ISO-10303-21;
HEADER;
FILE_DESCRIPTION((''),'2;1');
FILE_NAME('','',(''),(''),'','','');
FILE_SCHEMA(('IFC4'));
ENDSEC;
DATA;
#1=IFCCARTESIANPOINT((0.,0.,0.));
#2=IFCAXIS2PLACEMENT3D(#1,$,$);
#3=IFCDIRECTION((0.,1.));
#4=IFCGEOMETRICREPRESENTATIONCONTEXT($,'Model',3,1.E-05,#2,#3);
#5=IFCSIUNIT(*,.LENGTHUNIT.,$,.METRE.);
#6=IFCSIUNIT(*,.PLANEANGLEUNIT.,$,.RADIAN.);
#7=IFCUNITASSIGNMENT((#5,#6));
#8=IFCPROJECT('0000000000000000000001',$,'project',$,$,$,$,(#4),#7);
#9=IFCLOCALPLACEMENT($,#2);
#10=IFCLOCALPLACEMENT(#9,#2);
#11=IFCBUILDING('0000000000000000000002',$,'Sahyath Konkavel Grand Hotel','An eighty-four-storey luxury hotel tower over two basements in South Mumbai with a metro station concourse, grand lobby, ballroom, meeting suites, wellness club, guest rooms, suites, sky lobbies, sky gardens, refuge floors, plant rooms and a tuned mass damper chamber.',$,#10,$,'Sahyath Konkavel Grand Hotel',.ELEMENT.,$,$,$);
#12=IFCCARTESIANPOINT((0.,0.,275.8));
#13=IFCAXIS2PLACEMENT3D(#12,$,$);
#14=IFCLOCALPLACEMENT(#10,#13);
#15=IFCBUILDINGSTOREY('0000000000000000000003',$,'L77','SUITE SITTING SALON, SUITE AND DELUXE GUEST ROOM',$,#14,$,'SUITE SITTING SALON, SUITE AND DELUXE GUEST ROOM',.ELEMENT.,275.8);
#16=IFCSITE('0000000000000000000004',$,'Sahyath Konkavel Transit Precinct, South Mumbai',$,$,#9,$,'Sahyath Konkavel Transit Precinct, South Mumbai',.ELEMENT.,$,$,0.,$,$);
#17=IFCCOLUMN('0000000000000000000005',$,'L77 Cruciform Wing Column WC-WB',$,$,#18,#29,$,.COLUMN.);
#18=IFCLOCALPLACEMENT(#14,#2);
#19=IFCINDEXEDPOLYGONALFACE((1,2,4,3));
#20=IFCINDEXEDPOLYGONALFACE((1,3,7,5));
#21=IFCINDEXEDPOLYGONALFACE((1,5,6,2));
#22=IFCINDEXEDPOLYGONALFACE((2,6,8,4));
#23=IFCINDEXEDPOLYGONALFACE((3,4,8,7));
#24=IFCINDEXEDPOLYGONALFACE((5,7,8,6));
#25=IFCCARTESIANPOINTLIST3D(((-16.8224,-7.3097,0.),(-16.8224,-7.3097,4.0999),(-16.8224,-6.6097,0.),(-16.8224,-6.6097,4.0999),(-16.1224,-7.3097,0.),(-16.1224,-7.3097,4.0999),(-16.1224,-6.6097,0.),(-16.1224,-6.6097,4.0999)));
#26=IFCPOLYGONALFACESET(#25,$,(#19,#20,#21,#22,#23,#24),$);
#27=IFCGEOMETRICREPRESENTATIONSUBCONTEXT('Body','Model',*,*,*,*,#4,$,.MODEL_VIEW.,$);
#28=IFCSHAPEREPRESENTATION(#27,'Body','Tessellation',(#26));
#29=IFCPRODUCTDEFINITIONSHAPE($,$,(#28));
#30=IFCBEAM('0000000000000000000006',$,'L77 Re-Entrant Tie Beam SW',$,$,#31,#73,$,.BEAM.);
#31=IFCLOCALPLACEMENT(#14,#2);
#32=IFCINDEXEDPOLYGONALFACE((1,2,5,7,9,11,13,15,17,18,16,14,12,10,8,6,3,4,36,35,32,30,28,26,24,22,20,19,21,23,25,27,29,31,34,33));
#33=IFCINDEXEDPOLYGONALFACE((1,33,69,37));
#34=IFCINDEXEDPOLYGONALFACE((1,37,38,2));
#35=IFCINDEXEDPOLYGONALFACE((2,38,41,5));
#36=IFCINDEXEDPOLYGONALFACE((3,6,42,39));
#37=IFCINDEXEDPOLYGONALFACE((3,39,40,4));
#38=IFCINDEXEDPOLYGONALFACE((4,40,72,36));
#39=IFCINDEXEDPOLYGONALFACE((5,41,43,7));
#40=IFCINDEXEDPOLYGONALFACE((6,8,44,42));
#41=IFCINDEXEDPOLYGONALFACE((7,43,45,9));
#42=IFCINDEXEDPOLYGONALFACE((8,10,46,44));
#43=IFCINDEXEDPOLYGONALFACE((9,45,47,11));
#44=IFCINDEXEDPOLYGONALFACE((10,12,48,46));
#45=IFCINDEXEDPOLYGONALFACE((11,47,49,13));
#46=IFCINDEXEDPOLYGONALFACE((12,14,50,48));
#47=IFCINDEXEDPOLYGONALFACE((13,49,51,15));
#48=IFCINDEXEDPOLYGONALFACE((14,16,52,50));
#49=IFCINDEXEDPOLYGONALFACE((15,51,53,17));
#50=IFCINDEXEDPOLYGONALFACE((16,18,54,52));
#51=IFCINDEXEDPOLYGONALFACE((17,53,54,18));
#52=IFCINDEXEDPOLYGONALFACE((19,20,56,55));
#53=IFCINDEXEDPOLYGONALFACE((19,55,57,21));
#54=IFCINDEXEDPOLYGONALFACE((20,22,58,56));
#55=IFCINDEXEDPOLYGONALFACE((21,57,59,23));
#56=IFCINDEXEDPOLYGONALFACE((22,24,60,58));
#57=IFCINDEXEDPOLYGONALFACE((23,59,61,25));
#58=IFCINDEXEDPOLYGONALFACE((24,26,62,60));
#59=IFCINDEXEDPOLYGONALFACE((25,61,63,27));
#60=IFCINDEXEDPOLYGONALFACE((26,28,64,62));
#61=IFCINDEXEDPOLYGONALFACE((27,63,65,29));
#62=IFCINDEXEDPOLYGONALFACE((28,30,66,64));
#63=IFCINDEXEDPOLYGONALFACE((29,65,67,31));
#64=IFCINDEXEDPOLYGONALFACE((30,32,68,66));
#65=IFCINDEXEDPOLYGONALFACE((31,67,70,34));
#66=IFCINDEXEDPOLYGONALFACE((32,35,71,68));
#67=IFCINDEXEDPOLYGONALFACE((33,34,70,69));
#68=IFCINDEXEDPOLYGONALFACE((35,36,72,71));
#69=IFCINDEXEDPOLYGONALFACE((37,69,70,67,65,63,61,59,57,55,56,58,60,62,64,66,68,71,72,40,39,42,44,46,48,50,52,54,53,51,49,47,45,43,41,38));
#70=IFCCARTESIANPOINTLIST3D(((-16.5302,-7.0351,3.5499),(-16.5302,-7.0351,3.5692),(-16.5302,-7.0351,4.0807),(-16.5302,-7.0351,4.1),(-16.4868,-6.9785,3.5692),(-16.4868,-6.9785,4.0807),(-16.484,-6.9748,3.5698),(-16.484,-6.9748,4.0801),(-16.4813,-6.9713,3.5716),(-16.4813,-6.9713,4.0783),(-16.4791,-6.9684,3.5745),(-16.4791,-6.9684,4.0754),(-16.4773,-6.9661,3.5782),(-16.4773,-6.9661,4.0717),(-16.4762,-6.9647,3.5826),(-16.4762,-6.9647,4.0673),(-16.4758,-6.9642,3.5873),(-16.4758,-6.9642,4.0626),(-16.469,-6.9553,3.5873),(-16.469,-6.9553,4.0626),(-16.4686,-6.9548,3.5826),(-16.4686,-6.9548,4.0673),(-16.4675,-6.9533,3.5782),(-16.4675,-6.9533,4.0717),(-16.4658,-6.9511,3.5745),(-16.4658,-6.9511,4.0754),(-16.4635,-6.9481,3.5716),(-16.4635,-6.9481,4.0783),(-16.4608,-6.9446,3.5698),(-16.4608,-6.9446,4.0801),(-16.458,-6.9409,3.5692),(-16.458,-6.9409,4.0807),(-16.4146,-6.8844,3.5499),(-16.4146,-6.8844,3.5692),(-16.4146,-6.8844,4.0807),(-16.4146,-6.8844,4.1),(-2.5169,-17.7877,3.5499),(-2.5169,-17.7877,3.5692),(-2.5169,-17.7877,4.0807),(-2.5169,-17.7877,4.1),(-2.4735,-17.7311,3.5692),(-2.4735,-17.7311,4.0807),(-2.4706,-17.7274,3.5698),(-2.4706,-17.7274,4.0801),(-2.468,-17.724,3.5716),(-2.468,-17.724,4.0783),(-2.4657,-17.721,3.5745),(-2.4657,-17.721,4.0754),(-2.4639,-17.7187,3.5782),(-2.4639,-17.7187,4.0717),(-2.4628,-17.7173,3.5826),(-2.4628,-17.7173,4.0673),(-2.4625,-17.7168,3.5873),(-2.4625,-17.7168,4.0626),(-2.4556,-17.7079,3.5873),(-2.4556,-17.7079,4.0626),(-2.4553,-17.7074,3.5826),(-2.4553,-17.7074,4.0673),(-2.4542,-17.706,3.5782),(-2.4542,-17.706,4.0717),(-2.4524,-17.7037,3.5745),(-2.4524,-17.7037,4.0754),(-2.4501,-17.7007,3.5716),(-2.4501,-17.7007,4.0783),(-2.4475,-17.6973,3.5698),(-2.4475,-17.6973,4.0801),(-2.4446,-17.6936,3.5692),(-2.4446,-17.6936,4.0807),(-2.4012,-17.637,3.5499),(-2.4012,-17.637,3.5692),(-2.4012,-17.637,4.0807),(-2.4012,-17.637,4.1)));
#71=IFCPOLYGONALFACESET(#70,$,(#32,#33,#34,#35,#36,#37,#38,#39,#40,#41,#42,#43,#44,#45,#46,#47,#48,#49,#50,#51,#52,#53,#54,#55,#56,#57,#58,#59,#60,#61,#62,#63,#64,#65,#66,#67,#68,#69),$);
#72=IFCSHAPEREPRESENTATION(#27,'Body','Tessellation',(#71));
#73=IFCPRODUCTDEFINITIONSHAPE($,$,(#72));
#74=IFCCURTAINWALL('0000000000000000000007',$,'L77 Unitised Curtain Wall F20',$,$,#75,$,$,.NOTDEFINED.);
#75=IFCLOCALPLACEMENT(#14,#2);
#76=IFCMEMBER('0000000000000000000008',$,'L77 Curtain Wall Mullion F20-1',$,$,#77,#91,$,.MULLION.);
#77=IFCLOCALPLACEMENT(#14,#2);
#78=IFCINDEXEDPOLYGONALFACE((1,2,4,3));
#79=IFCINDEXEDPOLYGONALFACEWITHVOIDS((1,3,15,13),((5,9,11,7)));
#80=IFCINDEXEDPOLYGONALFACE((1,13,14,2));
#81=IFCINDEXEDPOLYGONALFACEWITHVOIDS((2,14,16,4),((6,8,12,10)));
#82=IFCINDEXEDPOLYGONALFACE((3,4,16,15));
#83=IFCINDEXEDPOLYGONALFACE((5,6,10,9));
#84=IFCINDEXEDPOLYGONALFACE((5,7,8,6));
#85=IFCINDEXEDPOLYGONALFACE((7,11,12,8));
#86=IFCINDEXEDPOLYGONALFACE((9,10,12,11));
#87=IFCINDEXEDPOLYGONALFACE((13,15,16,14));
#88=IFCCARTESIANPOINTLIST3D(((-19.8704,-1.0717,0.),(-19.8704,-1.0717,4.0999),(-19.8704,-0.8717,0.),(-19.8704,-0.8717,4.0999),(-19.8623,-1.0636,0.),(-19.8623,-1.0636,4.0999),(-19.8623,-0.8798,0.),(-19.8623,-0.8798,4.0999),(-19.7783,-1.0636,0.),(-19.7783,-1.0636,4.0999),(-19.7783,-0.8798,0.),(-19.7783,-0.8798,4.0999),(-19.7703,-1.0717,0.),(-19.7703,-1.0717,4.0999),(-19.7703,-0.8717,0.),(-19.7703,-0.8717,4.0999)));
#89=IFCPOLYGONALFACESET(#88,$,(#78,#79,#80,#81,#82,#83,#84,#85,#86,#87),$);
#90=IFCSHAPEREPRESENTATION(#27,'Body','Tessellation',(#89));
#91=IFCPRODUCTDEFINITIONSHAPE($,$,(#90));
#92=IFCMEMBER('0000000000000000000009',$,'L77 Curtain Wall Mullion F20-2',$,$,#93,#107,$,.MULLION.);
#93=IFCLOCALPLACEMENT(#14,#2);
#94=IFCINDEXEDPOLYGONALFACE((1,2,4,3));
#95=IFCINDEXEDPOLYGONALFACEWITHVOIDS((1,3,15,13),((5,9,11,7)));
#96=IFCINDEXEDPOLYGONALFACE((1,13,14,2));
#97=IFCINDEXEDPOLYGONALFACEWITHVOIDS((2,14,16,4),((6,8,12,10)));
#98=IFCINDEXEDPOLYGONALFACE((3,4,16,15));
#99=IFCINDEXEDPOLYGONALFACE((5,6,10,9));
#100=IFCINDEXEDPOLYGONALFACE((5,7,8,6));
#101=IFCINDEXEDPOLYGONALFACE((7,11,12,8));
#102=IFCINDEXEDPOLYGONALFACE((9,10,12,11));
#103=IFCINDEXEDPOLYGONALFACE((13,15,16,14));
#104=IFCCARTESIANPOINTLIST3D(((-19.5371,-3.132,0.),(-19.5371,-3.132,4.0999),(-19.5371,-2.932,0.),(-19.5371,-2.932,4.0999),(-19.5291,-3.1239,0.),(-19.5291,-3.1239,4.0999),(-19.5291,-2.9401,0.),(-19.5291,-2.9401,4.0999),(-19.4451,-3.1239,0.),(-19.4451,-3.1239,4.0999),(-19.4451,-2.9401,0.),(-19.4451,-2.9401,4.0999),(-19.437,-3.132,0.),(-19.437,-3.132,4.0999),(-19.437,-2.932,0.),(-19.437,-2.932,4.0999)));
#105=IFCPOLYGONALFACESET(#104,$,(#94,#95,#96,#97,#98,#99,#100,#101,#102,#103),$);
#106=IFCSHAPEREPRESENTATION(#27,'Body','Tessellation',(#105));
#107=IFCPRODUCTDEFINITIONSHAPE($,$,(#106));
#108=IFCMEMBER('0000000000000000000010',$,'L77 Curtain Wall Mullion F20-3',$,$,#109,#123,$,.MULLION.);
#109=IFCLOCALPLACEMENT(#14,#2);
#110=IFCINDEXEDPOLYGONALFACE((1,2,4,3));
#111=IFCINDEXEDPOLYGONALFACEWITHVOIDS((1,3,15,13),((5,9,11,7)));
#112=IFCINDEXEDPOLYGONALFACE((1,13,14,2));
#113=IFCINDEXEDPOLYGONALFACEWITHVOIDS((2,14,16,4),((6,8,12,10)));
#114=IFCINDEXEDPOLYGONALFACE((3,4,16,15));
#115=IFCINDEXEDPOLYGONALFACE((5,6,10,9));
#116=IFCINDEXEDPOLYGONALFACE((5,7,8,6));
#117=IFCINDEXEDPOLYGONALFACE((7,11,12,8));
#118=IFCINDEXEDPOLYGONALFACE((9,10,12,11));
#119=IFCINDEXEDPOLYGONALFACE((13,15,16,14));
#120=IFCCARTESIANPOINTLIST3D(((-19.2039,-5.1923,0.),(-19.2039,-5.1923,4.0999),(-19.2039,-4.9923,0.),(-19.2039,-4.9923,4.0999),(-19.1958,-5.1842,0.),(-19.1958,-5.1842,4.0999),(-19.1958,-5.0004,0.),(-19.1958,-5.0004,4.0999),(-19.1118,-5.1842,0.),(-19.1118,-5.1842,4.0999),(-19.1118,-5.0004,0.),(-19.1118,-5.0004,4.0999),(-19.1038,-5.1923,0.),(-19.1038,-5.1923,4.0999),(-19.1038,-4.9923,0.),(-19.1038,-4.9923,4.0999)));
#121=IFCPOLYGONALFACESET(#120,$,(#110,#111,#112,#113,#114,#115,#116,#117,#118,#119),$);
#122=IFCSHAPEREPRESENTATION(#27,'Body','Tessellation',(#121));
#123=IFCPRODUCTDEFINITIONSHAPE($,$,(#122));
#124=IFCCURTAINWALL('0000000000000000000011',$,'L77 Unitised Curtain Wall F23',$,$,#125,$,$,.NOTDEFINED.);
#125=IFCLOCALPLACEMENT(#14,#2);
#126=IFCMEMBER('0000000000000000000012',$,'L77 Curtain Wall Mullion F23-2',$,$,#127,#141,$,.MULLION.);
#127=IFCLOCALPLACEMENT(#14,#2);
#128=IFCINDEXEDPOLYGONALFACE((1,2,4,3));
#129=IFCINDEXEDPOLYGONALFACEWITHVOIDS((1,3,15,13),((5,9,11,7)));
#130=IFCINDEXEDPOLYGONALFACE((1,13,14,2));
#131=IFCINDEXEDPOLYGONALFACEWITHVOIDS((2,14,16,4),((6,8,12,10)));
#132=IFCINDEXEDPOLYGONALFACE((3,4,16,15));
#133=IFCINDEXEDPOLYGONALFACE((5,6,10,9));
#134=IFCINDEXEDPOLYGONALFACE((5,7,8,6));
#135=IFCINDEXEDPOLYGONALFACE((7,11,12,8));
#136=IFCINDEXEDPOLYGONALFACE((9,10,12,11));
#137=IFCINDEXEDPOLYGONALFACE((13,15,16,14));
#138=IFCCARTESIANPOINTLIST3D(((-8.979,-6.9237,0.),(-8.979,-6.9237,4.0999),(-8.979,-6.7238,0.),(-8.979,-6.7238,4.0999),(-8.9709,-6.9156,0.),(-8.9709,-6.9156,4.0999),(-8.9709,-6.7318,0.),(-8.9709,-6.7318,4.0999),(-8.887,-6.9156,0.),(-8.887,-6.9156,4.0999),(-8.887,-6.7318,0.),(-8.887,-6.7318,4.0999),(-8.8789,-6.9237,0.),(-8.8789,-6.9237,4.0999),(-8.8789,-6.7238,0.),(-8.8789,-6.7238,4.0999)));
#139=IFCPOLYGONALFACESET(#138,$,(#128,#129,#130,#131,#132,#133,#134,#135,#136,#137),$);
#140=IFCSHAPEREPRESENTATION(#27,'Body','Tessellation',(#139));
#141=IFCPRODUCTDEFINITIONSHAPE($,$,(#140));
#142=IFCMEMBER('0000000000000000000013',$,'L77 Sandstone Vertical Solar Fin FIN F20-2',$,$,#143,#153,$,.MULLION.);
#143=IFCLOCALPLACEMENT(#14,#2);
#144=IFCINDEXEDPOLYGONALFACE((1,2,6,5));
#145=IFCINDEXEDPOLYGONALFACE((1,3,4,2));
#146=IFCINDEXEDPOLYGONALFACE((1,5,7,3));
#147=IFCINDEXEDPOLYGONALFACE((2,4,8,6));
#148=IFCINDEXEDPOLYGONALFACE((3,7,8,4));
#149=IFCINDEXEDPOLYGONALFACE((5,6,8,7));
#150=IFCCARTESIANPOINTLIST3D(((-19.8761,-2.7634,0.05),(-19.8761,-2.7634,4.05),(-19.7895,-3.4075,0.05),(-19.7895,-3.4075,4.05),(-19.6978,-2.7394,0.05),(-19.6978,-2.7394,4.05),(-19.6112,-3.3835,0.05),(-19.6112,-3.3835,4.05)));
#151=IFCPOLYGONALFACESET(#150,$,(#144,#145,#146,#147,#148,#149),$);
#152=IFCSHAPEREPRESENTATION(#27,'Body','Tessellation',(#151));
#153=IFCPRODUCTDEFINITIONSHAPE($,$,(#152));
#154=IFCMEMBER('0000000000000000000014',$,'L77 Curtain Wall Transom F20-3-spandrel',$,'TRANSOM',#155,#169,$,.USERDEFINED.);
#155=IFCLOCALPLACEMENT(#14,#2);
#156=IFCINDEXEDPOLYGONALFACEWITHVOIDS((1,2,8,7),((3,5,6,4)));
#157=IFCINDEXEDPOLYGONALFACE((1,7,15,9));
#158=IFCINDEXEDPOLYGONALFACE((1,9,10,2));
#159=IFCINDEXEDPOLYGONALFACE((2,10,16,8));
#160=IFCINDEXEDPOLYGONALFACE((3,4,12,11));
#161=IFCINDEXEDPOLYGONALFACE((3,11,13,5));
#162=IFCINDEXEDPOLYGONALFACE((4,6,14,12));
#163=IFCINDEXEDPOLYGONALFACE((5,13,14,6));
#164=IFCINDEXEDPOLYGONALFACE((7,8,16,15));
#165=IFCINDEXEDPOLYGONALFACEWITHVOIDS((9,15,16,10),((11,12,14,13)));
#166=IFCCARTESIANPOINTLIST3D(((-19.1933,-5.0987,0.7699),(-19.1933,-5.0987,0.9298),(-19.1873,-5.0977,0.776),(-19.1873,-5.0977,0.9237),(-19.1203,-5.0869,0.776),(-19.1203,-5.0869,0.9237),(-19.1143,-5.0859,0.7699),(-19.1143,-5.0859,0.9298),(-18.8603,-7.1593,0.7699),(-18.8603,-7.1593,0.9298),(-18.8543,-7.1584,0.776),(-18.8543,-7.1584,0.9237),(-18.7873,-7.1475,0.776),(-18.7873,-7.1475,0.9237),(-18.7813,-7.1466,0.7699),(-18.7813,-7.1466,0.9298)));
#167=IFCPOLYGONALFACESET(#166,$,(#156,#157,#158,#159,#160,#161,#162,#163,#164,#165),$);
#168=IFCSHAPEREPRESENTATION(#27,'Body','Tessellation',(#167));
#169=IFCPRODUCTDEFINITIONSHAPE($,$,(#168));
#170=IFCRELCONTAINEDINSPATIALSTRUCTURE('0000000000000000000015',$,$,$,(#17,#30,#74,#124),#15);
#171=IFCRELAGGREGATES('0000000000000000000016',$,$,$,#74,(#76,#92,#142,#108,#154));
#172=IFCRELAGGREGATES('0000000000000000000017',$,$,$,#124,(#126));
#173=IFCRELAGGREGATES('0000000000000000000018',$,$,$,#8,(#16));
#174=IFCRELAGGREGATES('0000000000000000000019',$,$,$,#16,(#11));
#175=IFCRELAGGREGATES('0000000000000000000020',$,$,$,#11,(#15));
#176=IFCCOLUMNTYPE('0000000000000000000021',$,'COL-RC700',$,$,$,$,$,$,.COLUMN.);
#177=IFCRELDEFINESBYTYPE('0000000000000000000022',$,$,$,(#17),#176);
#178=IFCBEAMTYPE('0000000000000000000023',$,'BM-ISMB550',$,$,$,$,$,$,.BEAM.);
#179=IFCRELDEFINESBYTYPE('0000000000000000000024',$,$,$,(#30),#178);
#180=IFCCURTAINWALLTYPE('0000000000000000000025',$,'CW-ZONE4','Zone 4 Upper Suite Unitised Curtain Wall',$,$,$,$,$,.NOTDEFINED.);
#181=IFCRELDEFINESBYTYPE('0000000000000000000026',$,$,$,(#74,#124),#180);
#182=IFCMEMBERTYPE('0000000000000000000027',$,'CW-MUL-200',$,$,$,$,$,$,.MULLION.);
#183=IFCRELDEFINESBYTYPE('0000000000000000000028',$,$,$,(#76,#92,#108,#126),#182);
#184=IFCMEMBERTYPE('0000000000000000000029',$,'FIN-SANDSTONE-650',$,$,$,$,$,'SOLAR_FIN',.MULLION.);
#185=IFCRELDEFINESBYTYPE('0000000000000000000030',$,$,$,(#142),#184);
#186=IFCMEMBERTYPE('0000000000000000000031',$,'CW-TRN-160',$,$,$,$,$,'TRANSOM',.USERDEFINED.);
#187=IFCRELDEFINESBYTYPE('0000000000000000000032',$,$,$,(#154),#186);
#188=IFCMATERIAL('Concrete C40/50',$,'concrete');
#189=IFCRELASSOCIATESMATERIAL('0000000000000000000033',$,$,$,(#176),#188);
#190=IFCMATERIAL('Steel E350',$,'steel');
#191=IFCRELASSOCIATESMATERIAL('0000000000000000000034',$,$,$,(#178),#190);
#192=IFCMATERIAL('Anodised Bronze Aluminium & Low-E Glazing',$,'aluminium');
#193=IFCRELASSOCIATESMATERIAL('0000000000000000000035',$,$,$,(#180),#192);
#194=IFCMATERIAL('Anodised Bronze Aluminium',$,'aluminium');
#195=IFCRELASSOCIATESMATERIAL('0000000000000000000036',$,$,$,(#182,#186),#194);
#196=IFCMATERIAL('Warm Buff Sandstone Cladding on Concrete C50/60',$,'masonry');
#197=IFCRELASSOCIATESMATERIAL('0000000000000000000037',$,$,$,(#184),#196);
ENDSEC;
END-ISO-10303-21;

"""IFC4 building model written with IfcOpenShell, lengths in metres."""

from ifc_helpers import new_model, si_unit, direction, frame, origin, origin_2d, place, context, subcontext, project, spatial, rectangle, hollow_rectangle, i_section, extrude, source, transform, mapped, material, material_profile, profile_set, type_object, element, aggregate, save


model = new_model("IFC4")

# Units and contexts
model_context = context("Model", 3, precision=1e-05, world=origin(), true_north=direction((0.0, 1.0)))
body_context = subcontext(model_context, "Body", "Model", "MODEL_VIEW")
ifc_project = project(units=[si_unit("LENGTHUNIT", "METRE"), si_unit("PLANEANGLEUNIT", "RADIAN")], contexts=[model_context])

# Site, building, storey
site_placement = place(None, origin())
site = spatial("IfcSite", under=ifc_project, at=site_placement, Name="Sahyath Konkavel Transit Precinct, South Mumbai", LongName="Sahyath Konkavel Transit Precinct, South Mumbai", CompositionType="ELEMENT", RefElevation=0.0)
building_placement = place(site_placement, origin())
building = spatial("IfcBuilding", under=site, at=building_placement, Name="Sahyath Konkavel Grand Hotel", Description="An eighty-four-storey luxury hotel tower over two basements in South Mumbai with a metro station concourse, grand lobby, ballroom, meeting suites, wellness club, guest rooms, suites, sky lobbies, sky gardens, refuge floors, plant rooms and a tuned mass damper chamber.", LongName="Sahyath Konkavel Grand Hotel", CompositionType="ELEMENT")
storey_placement = place(building_placement, frame((0.0, 0.0, 275.8)))
storey = spatial("IfcBuildingStorey", under=building, at=storey_placement, Name="L77", Description="SUITE SITTING SALON, SUITE AND DELUXE GUEST ROOM", LongName="SUITE SITTING SALON, SUITE AND DELUXE GUEST ROOM", CompositionType="ELEMENT", Elevation=275.8)

# Column
ifc_material_1 = material(Name="Concrete C40/50", Category="concrete")
ifc_material_profile_1 = material_profile(ifc_material_1, rectangle(XDim=0.7, YDim=0.7, at=origin_2d()), Name="RC 700x700")
ifc_profile_set_1 = profile_set([ifc_material_profile_1], Name="Concrete C40/50")
column_type = type_object("IfcColumnType", Name="COL-RC700", PredefinedType="COLUMN", material=ifc_profile_set_1)
shared_shape_1 = source(origin(), body_context, "Body", "SweptSolid", [
    extrude(rectangle(XDim=0.7, YDim=0.7, at=origin_2d()), origin(), (0.0, 0.0, 1.0), 4.0999),
])
column_placement = place(storey_placement, frame((-16.4724, -6.9597, 0.0), z_axis=(0.0, 0.0, 1.0), x_axis=(1.0, 0.0, 0.0)))
element("IfcColumn", 1, at=column_placement, inside=storey, type_object=column_type, Name="L77 Cruciform Wing Column WC-WB", PredefinedType="COLUMN", context=body_context, shape_type="MappedRepresentation", body=[
    mapped(shared_shape_1, transform((0.0, 0.0, 0.0), scale=1.0)),
])

# Beam
ifc_material_2 = material(Name="Steel E350", Category="steel")
ifc_material_profile_2 = material_profile(ifc_material_2, i_section(OverallWidth=0.1899, OverallDepth=0.55, WebThickness=0.0112, FlangeThickness=0.0193, FilletRadius=0.0181, at=origin_2d()), Name="ISMB 550")
ifc_profile_set_2 = profile_set([ifc_material_profile_2], Name="Steel E350")
beam_type_1 = type_object("IfcBeamType", Name="BM-ISMB550", PredefinedType="BEAM", material=ifc_profile_set_2)
shared_shape_2 = source(origin(), body_context, "Body", "SweptSolid", [
    extrude(i_section(OverallWidth=0.1899, OverallDepth=0.55, WebThickness=0.0112, FlangeThickness=0.0193, FilletRadius=0.0181, at=origin_2d()), origin(), (0.0, 0.0, 1.0), 17.6633),
])
beam_1_placement = place(storey_placement, frame((-16.4724, -6.9597, 3.825), z_axis=(0.793359, -0.608754, 0.0), x_axis=(0.608754, 0.793359, 0.0)))
element("IfcBeam", 2, at=beam_1_placement, inside=storey, type_object=beam_type_1, Name="L77 Re-Entrant Tie Beam SW", PredefinedType="BEAM", context=body_context, shape_type="MappedRepresentation", body=[
    mapped(shared_shape_2, transform((0.0, 0.0, 0.0), scale=1.0)),
])

# Curtain wall, members
ifc_material_3 = material(Name="Anodised Bronze Aluminium & Low-E Glazing", Category="aluminium")
curtain_wall_type = type_object("IfcCurtainWallType", Name="CW-ZONE4", Description="Zone 4 Upper Suite Unitised Curtain Wall", PredefinedType="NOTDEFINED", material=ifc_material_3)
curtain_wall_1_placement = place(storey_placement, origin())
curtain_wall_1 = element("IfcCurtainWall", 3, at=curtain_wall_1_placement, inside=storey, type_object=curtain_wall_type, Name="L77 Unitised Curtain Wall F20", PredefinedType="NOTDEFINED")
ifc_material_4 = material(Name="Anodised Bronze Aluminium", Category="aluminium")
ifc_material_profile_3 = material_profile(ifc_material_4, hollow_rectangle(XDim=0.1001, YDim=0.2, WallThickness=0.0081, at=origin_2d()), Name="RHS 200x100x8")
ifc_profile_set_3 = profile_set([ifc_material_profile_3], Name="Anodised Bronze Aluminium")
member_type_1 = type_object("IfcMemberType", Name="CW-MUL-200", PredefinedType="MULLION", material=ifc_profile_set_3)
shared_shape_3 = source(origin(), body_context, "Body", "SweptSolid", [
    extrude(hollow_rectangle(XDim=0.1001, YDim=0.2, WallThickness=0.0081, at=origin_2d()), origin(), (0.0, 0.0, 1.0), 4.0999),
])
member_1_placement = place(storey_placement, frame((-19.8203, -0.9717, 0.0), z_axis=(0.0, 0.0, 1.0), x_axis=(1.0, 0.0, 0.0)))
member_1 = element("IfcMember", 4, at=member_1_placement, type_object=member_type_1, Name="L77 Curtain Wall Mullion F20-1", PredefinedType="MULLION", context=body_context, shape_type="MappedRepresentation", body=[
    mapped(shared_shape_3, transform((0.0, 0.0, 0.0), scale=1.0)),
])
member_2_placement = place(storey_placement, frame((-19.4871, -3.032, 0.0), z_axis=(0.0, 0.0, 1.0), x_axis=(1.0, 0.0, 0.0)))
member_2 = element("IfcMember", 5, at=member_2_placement, type_object=member_type_1, Name="L77 Curtain Wall Mullion F20-2", PredefinedType="MULLION", context=body_context, shape_type="MappedRepresentation", body=[
    mapped(shared_shape_3, transform((0.0, 0.0, 0.0), scale=1.0)),
])
member_3_placement = place(storey_placement, frame((-19.1538, -5.0923, 0.0), z_axis=(0.0, 0.0, 1.0), x_axis=(1.0, 0.0, 0.0)))
member_3 = element("IfcMember", 6, at=member_3_placement, type_object=member_type_1, Name="L77 Curtain Wall Mullion F20-3", PredefinedType="MULLION", context=body_context, shape_type="MappedRepresentation", body=[
    mapped(shared_shape_3, transform((0.0, 0.0, 0.0), scale=1.0)),
])

# Curtain wall, member
curtain_wall_2_placement = place(storey_placement, origin())
curtain_wall_2 = element("IfcCurtainWall", 7, at=curtain_wall_2_placement, inside=storey, type_object=curtain_wall_type, Name="L77 Unitised Curtain Wall F23", PredefinedType="NOTDEFINED")
member_4_placement = place(storey_placement, frame((-8.929, -6.8237, 0.0), z_axis=(0.0, 0.0, 1.0), x_axis=(1.0, 0.0, 0.0)))
member_4 = element("IfcMember", 8, at=member_4_placement, type_object=member_type_1, Name="L77 Curtain Wall Mullion F23-2", PredefinedType="MULLION", context=body_context, shape_type="MappedRepresentation", body=[
    mapped(shared_shape_3, transform((0.0, 0.0, 0.0), scale=1.0)),
])

# Members
ifc_material_5 = material(Name="Warm Buff Sandstone Cladding on Concrete C50/60", Category="masonry")
ifc_material_profile_4 = material_profile(ifc_material_5, rectangle(XDim=0.1799, YDim=0.6499, at=origin_2d()), Name="FIN 180x650")
ifc_profile_set_4 = profile_set([ifc_material_profile_4], Name="Warm Buff Sandstone Cladding on Concrete C50/60")
member_type_2 = type_object("IfcMemberType", Name="FIN-SANDSTONE-650", ElementType="SOLAR_FIN", PredefinedType="MULLION", material=ifc_profile_set_4)
shared_shape_4 = source(origin(), body_context, "Body", "SweptSolid", [
    extrude(rectangle(XDim=0.1799, YDim=0.6499, at=origin_2d()), origin(), (0.0, 0.0, 1.0), 4.0),
])
member_5_placement = place(storey_placement, frame((-19.7437, -3.0735, 0.05), z_axis=(0.0, 0.0, 1.0), x_axis=(0.991076, 0.133294, 0.0)))
member_5 = element("IfcMember", 9, at=member_5_placement, type_object=member_type_2, Name="L77 Sandstone Vertical Solar Fin FIN F20-2", PredefinedType="MULLION", context=body_context, shape_type="MappedRepresentation", body=[
    mapped(shared_shape_4, transform((0.0, 0.0, 0.0), scale=1.0)),
])
ifc_material_profile_5 = material_profile(ifc_material_4, hollow_rectangle(XDim=0.0801, YDim=0.1599, WallThickness=0.0061, at=origin_2d()), Name="RHS 160x80x6")
ifc_profile_set_5 = profile_set([ifc_material_profile_5], Name="Anodised Bronze Aluminium")
member_type_3 = type_object("IfcMemberType", Name="CW-TRN-160", ElementType="TRANSOM", PredefinedType="USERDEFINED", material=ifc_profile_set_5)
shared_shape_5 = source(origin(), body_context, "Body", "SweptSolid", [
    extrude(hollow_rectangle(XDim=0.0801, YDim=0.1599, WallThickness=0.0061, at=origin_2d()), origin(), (0.0, 0.0, 1.0), 2.0874),
])
member_6_placement = place(storey_placement, frame((-19.1538, -5.0923, 0.8499), z_axis=(0.159541, -0.987191, 0.0), x_axis=(0.987191, 0.159541, 0.0)))
member_6 = element("IfcMember", 10, at=member_6_placement, type_object=member_type_3, Name="L77 Curtain Wall Transom F20-3-spandrel", ObjectType="TRANSOM", PredefinedType="USERDEFINED", context=body_context, shape_type="MappedRepresentation", body=[
    mapped(shared_shape_5, transform((0.0, 0.0, 0.0), scale=1.0)),
])

aggregate(curtain_wall_1, [member_1, member_2, member_5, member_3, member_6])
aggregate(curtain_wall_2, [member_4])

save(model, "model.ifc")
